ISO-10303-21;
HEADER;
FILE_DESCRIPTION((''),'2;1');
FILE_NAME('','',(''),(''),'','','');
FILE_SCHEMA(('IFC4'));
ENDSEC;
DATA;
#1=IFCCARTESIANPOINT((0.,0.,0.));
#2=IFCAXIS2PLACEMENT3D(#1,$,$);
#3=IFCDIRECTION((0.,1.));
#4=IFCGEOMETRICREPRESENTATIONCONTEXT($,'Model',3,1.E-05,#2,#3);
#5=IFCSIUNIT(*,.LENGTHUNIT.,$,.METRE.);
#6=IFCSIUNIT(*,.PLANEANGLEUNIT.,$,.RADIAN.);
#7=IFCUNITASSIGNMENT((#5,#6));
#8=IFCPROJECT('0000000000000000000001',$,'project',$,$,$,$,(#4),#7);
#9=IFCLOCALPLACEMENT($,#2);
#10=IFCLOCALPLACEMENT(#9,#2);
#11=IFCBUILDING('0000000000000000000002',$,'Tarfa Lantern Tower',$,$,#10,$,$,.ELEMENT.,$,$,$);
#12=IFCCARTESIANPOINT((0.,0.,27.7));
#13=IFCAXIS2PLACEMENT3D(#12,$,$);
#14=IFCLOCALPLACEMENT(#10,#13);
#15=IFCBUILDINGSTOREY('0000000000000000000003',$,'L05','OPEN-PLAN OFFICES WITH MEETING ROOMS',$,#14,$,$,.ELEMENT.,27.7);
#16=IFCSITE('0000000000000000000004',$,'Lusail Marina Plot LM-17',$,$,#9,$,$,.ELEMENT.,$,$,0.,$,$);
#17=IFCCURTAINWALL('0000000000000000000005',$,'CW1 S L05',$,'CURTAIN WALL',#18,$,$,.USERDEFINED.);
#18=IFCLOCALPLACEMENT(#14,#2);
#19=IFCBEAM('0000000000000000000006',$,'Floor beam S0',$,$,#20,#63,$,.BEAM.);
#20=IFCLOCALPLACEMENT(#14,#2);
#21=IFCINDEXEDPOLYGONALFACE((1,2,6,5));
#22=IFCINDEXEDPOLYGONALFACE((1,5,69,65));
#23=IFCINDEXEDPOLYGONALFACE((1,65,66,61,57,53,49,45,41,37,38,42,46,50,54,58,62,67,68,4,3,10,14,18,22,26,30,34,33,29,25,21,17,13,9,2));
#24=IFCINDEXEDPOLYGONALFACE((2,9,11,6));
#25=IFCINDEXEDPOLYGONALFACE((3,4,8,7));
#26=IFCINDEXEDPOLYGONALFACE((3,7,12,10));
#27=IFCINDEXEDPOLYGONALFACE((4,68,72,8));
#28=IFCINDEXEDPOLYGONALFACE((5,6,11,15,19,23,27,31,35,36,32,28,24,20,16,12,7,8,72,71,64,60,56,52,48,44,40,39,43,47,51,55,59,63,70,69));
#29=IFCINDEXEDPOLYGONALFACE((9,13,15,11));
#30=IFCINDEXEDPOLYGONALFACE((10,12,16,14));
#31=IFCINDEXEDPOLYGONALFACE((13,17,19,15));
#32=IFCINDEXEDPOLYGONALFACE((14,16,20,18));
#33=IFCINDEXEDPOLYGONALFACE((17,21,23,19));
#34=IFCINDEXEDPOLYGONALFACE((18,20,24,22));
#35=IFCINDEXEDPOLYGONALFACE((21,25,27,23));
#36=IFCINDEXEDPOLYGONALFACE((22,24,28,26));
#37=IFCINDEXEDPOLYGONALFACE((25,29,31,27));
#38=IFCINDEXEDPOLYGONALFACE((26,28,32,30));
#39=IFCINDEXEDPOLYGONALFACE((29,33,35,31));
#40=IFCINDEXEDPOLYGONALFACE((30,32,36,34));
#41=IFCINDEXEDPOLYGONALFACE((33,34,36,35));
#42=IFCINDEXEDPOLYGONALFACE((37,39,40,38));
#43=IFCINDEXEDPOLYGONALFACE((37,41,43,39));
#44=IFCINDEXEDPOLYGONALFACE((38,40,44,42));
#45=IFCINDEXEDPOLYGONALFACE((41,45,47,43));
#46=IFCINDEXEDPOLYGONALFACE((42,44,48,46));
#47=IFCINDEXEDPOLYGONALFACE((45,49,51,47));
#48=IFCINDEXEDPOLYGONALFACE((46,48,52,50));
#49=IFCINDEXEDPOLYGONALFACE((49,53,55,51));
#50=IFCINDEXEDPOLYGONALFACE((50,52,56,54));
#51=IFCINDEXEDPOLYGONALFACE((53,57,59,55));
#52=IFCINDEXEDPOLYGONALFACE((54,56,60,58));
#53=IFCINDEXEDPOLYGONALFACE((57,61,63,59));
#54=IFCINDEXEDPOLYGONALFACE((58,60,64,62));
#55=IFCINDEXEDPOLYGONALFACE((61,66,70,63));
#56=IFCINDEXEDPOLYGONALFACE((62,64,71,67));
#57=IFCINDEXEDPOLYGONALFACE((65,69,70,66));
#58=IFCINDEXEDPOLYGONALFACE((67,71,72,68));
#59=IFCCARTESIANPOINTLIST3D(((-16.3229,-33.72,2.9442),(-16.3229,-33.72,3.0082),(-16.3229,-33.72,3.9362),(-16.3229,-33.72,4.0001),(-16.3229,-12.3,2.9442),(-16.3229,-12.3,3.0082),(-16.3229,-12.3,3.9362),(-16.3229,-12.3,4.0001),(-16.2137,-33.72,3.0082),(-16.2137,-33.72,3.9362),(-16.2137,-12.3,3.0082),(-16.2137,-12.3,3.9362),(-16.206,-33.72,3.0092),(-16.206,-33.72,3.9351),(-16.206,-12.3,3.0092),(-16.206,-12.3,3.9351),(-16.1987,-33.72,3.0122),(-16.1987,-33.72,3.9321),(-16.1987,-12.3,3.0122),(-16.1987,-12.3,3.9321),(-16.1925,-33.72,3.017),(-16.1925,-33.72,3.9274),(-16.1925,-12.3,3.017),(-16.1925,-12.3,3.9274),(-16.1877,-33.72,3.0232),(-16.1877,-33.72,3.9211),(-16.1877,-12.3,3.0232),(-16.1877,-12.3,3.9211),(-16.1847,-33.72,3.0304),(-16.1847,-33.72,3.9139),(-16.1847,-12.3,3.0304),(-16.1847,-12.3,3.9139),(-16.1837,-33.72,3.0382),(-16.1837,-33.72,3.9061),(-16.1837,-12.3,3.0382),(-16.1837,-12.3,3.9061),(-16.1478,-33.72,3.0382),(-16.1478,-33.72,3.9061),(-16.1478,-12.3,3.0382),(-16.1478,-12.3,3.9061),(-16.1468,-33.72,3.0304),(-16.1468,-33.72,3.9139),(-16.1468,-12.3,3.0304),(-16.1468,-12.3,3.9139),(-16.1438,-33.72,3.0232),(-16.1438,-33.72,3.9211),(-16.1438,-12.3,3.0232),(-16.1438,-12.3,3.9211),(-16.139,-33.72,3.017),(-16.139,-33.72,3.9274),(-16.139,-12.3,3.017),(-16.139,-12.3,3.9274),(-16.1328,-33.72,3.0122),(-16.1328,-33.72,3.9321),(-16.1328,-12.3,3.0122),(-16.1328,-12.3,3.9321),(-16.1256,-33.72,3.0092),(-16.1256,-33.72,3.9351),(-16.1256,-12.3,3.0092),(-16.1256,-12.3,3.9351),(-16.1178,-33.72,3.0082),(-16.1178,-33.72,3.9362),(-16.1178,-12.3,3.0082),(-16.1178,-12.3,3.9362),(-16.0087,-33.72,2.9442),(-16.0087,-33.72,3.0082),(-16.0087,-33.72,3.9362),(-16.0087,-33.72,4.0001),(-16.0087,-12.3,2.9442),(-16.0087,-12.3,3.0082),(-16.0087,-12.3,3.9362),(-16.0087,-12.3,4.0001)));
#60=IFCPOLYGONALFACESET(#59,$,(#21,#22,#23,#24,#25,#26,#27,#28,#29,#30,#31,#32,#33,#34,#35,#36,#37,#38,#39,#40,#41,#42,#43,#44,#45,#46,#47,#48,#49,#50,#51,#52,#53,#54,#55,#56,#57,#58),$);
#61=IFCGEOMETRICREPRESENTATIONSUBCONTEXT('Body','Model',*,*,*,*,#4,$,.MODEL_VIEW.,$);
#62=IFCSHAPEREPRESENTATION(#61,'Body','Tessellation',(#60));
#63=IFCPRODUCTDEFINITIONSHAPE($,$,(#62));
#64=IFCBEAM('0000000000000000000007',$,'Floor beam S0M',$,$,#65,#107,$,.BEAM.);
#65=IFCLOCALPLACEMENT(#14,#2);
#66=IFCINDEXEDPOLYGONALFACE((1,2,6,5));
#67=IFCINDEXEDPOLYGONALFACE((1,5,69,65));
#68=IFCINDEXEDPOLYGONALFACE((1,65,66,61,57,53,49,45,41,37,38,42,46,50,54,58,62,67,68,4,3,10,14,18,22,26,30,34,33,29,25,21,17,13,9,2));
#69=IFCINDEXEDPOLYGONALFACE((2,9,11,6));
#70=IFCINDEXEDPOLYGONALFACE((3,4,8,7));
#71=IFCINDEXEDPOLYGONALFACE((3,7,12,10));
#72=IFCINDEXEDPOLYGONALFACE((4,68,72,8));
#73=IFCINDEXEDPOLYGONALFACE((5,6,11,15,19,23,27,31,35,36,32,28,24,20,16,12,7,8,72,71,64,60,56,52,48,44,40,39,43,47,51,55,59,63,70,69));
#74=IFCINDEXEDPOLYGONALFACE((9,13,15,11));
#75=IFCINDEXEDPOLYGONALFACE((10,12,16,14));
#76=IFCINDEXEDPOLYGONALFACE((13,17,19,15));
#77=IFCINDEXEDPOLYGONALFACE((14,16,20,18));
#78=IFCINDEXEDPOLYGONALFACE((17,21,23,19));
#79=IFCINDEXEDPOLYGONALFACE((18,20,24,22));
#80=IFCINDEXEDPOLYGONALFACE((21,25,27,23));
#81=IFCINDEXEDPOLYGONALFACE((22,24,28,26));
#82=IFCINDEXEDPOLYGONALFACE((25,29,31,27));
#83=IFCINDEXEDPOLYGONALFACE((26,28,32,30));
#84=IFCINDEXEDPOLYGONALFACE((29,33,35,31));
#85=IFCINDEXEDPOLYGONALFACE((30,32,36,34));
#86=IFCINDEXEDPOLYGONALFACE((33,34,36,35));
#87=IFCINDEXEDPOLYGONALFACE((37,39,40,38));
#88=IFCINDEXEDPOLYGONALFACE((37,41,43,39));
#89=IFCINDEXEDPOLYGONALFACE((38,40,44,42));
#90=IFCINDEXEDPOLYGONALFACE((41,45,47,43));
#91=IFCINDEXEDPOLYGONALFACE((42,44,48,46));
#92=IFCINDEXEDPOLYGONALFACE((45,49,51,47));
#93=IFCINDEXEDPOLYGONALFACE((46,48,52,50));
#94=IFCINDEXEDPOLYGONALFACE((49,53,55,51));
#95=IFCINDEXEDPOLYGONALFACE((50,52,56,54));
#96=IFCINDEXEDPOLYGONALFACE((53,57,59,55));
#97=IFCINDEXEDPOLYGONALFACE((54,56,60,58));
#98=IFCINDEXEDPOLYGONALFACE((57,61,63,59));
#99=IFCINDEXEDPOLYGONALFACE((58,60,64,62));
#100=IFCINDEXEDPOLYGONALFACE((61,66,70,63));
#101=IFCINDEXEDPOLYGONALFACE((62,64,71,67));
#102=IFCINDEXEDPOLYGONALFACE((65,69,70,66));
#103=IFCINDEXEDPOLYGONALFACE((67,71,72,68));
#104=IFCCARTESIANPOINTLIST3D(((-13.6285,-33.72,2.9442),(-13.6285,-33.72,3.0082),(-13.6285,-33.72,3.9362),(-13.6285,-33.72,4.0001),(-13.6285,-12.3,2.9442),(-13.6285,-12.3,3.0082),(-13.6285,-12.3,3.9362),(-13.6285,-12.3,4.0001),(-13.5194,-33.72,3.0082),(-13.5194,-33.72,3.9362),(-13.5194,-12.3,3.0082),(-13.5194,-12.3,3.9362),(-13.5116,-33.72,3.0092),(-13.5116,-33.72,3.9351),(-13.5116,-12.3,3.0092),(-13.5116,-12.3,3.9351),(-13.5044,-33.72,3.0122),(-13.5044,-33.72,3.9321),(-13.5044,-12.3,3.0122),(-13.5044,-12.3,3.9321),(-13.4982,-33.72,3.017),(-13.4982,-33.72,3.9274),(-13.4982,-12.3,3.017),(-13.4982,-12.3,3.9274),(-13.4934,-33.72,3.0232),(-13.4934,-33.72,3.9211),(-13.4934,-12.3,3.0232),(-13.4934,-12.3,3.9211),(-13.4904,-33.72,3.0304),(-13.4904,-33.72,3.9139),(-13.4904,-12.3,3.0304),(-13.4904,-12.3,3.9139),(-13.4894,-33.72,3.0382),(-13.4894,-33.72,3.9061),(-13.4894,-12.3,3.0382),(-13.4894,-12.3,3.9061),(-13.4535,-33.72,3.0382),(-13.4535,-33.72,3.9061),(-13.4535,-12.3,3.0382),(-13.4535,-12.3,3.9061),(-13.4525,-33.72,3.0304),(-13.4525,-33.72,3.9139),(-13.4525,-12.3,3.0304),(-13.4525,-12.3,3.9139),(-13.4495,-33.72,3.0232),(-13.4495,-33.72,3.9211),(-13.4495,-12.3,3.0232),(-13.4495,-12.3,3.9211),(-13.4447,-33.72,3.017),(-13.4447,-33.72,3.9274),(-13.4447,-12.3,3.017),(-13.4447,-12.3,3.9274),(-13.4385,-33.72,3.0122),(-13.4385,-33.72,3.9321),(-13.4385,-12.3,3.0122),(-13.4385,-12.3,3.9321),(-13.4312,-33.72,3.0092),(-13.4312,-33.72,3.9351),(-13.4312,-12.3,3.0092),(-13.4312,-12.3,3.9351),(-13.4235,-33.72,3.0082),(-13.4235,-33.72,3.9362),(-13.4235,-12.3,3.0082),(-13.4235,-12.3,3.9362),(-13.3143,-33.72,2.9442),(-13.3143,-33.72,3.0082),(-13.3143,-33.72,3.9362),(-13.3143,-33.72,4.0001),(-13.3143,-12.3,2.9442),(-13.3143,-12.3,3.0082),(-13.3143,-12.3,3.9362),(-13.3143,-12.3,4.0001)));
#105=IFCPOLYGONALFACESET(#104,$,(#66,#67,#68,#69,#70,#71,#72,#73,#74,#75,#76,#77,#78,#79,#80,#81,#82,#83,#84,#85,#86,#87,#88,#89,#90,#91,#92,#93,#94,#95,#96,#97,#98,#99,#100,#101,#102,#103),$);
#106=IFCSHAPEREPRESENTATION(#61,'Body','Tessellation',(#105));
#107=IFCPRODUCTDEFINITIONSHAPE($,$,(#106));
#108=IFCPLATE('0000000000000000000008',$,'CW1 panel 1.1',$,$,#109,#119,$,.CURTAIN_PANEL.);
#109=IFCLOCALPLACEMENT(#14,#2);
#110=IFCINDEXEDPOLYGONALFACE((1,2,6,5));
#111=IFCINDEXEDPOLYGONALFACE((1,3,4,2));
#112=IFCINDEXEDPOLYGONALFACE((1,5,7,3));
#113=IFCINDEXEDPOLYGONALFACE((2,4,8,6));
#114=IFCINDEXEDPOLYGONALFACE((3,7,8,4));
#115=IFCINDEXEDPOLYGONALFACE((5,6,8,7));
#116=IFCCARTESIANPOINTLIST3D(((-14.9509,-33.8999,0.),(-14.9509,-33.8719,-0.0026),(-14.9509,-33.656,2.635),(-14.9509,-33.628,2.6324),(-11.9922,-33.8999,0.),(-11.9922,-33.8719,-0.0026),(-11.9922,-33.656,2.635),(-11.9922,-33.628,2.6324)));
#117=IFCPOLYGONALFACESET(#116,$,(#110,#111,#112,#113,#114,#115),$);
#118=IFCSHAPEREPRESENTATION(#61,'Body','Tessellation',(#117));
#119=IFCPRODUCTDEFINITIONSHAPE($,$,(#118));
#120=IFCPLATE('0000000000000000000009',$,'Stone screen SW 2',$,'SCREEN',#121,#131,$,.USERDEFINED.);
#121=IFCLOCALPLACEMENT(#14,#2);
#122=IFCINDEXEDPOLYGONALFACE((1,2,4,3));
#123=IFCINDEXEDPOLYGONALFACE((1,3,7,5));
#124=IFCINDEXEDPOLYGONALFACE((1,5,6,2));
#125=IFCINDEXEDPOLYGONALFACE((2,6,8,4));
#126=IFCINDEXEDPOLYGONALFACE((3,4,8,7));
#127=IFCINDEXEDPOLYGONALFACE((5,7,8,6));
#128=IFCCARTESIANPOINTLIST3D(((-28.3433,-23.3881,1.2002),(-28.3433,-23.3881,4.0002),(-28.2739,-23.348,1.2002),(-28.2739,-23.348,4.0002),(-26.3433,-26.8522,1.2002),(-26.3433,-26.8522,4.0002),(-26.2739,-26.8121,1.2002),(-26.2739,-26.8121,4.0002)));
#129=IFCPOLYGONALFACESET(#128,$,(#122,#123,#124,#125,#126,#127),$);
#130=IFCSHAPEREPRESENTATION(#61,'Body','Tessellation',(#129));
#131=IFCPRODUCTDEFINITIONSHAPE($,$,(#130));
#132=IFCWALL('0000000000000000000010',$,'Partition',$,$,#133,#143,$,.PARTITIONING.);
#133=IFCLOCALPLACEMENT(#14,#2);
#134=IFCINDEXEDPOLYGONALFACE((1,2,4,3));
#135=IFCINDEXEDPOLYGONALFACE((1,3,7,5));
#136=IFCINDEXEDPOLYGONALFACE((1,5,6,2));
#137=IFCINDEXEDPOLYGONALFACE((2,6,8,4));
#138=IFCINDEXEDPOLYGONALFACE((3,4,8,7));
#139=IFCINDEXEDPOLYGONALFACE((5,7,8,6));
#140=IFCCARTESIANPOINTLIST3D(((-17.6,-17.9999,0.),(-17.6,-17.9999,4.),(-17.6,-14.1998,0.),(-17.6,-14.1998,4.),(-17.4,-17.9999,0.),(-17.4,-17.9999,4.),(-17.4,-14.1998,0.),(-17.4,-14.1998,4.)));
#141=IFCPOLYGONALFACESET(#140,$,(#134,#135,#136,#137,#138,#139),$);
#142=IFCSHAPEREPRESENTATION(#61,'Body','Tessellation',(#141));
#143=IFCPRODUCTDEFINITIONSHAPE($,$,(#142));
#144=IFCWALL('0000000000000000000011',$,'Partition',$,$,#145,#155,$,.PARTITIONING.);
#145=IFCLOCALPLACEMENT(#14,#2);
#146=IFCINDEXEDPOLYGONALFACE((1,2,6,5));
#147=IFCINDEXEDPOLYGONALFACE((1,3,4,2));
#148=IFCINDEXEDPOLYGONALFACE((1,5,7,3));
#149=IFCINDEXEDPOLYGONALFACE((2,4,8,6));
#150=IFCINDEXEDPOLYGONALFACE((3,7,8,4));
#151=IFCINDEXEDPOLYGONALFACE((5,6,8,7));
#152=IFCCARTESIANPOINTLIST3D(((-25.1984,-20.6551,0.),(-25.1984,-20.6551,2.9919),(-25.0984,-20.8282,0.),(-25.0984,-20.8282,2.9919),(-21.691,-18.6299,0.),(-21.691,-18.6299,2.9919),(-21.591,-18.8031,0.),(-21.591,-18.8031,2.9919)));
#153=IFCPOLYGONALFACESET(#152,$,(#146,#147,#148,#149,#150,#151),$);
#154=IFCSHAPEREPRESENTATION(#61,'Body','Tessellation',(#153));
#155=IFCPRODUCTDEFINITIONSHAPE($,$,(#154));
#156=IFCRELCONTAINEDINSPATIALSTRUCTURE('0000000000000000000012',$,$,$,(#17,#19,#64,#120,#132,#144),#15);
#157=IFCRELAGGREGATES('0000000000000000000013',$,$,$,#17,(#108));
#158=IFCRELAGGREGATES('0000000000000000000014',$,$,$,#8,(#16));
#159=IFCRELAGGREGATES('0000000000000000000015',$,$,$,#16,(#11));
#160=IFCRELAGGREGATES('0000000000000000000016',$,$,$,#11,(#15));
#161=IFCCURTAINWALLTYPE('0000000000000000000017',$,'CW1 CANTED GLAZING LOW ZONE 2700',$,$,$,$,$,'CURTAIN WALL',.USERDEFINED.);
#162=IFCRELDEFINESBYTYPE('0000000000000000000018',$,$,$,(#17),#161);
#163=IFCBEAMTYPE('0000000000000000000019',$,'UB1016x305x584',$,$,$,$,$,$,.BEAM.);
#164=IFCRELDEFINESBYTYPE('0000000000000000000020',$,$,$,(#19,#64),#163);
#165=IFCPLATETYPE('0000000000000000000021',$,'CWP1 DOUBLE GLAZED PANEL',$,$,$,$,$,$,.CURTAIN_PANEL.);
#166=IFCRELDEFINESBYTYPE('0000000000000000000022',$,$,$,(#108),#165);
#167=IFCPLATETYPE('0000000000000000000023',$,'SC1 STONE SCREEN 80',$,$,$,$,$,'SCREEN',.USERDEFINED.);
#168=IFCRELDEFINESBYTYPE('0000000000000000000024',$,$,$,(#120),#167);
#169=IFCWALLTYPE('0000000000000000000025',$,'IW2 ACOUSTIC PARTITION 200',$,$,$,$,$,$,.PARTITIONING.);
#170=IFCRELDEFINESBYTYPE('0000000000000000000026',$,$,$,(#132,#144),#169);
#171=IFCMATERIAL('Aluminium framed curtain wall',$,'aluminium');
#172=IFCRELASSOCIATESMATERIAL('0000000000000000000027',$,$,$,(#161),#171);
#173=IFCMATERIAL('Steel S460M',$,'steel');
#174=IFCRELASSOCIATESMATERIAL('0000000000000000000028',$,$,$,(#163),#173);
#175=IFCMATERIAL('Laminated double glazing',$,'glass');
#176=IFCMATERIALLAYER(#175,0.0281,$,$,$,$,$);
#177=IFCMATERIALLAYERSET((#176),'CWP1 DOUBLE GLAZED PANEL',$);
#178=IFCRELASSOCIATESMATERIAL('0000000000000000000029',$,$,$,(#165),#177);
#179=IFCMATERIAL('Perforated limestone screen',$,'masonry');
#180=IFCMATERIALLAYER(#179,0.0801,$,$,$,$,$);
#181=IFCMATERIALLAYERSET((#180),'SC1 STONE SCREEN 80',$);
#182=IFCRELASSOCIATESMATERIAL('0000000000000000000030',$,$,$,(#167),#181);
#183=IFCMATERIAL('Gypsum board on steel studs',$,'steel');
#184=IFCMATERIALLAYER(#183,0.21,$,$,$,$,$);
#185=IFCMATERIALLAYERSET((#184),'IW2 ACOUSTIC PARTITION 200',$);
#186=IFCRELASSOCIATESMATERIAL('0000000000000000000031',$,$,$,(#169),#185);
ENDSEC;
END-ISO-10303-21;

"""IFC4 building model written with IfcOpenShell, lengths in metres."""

from ifc_helpers import new_model, si_unit, direction, frame, frame_2d, origin, origin_2d, place, context, subcontext, project, spatial, polyline, rectangle, i_section, outline, extrude, material, layer, layer_set, material_profile, profile_set, type_object, element, aggregate, save


model = new_model("IFC4")

# Units and contexts
model_context = context("Model", 3, precision=1e-05, world=origin(), true_north=direction((0.0, 1.0)))
body_context = subcontext(model_context, "Body", "Model", "MODEL_VIEW")
ifc_project = project(units=[si_unit("LENGTHUNIT", "METRE"), si_unit("PLANEANGLEUNIT", "RADIAN")], contexts=[model_context])

# Site, building, storey
site_placement = place(None, origin())
site = spatial("IfcSite", under=ifc_project, at=site_placement, Name="Lusail Marina Plot LM-17", CompositionType="ELEMENT", RefElevation=0.0)
building_placement = place(site_placement, origin())
building = spatial("IfcBuilding", under=site, at=building_placement, Name="Tarfa Lantern Tower", CompositionType="ELEMENT")
storey_placement = place(building_placement, frame((0.0, 0.0, 27.7)))
storey = spatial("IfcBuildingStorey", under=building, at=storey_placement, Name="L05", Description="OPEN-PLAN OFFICES WITH MEETING ROOMS", CompositionType="ELEMENT", Elevation=27.7)

# Curtain wall
ifc_material_1 = material(Name="Aluminium framed curtain wall", Category="aluminium")
curtain_wall_type = type_object("IfcCurtainWallType", Name="CW1 CANTED GLAZING LOW ZONE 2700", ElementType="CURTAIN WALL", PredefinedType="USERDEFINED", material=ifc_material_1)
curtain_wall_placement = place(storey_placement, origin())
curtain_wall = element("IfcCurtainWall", 1, at=curtain_wall_placement, inside=storey, type_object=curtain_wall_type, Name="CW1 S L05", ObjectType="CURTAIN WALL", PredefinedType="USERDEFINED")

# Beams
ifc_material_2 = material(Name="Steel S460M", Category="steel")
ifc_material_profile_1 = material_profile(ifc_material_2, i_section(OverallWidth=0.3142, OverallDepth=1.0559, WebThickness=0.0359, FlangeThickness=0.064, FilletRadius=0.03, at=origin_2d()), Name="UB1016x305x584")
ifc_profile_set_1 = profile_set([ifc_material_profile_1], Name="Steel S460M")
beam_type_1 = type_object("IfcBeamType", Name="UB1016x305x584", PredefinedType="BEAM", material=ifc_profile_set_1)
for number, where, z_axis, x_axis, name in (
    (2, (-16.1658, -33.72, 3.4722), (0.0, 1.0, 0.0), (-1.0, 0.0, 0.0), "Floor beam S0"),
    (3, (-13.4714, -33.72, 3.4722), (0.0, 1.0, 0.0), (-1.0, 0.0, 0.0), "Floor beam S0M"),
):
    element("IfcBeam", number, at=place(storey_placement, frame(where, z_axis=z_axis, x_axis=x_axis)), inside=storey, type_object=beam_type_1, Name=name, PredefinedType="BEAM", context=body_context, shape_type="SweptSolid", body=[
        extrude(i_section(OverallWidth=0.3142, OverallDepth=1.0559, WebThickness=0.0359, FlangeThickness=0.064, FilletRadius=0.03, at=origin_2d()), origin(), (0.0, 0.0, 1.0), 21.4199),
    ])

# Plates
ifc_material_3 = material(Name="Laminated double glazing", Category="glass")
ifc_layer_1 = layer(ifc_material_3, 0.0281)
ifc_layer_set_1 = layer_set([ifc_layer_1], Name="CWP1 DOUBLE GLAZED PANEL")
plate_type_1 = type_object("IfcPlateType", Name="CWP1 DOUBLE GLAZED PANEL", PredefinedType="CURTAIN_PANEL", material=ifc_layer_set_1)
plate_1_placement = place(storey_placement, frame((-14.9509, -33.8999, 0.0), z_axis=(0.0, -0.995744, 0.092166), x_axis=(1.0, 0.0, 0.0)))
plate_1 = element("IfcPlate", 4, at=plate_1_placement, type_object=plate_type_1, Name="CW1 panel 1.1", PredefinedType="CURTAIN_PANEL", context=body_context, shape_type="SweptSolid", body=[
    extrude(outline(polyline([(0.0, 0.0), (2.9587, 0.0), (2.9587, 2.6463), (0.0, 2.6463), (0.0, 0.0)])), origin(), (0.0, 0.0, -1.0), 0.0281),
])
aggregate(curtain_wall, [plate_1])
ifc_material_4 = material(Name="Perforated limestone screen", Category="masonry")
ifc_layer_2 = layer(ifc_material_4, 0.0801)
ifc_layer_set_2 = layer_set([ifc_layer_2], Name="SC1 STONE SCREEN 80")
plate_type_2 = type_object("IfcPlateType", Name="SC1 STONE SCREEN 80", ElementType="SCREEN", PredefinedType="USERDEFINED", material=ifc_layer_set_2)
plate_2_placement = place(storey_placement, frame((-27.3086, -25.1001, 1.2002), z_axis=(0.0, 0.0, 1.0), x_axis=(0.5, -0.866025, 0.0)))
element("IfcPlate", 5, at=plate_2_placement, inside=storey, type_object=plate_type_2, Name="Stone screen SW 2", ObjectType="SCREEN", PredefinedType="USERDEFINED", context=body_context, shape_type="SweptSolid", body=[
    extrude(rectangle(XDim=4.0, YDim=0.0801, at=origin_2d()), origin(), (0.0, 0.0, 1.0), 2.8),
])

# Walls
ifc_material_5 = material(Name="Gypsum board on steel studs", Category="steel")
ifc_layer_3 = layer(ifc_material_5, 0.21)
ifc_layer_set_3 = layer_set([ifc_layer_3], Name="IW2 ACOUSTIC PARTITION 200")
wall_type = type_object("IfcWallType", Name="IW2 ACOUSTIC PARTITION 200", PredefinedType="PARTITIONING", material=ifc_layer_set_3)
wall_1_placement = place(storey_placement, frame((-17.5, -14.2, 0.0), z_axis=(0.0, 0.0, 1.0), x_axis=(0.0, -1.0, 0.0)))
element("IfcWall", 6, at=wall_1_placement, inside=storey, type_object=wall_type, Name="Partition", PredefinedType="PARTITIONING", context=body_context, shape_type="SweptSolid", body=[
    extrude(rectangle(XDim=3.8, YDim=0.2, at=frame_2d((1.8999, 0.0))), origin(), (0.0, 0.0, 1.0), 4.0),
])
wall_2_placement = place(storey_placement, frame((-21.6411, -18.7166, 0.0), z_axis=(0.0, 0.0, 1.0), x_axis=(-0.866005, -0.500036, 0.0)))
element("IfcWall", 7, at=wall_2_placement, inside=storey, type_object=wall_type, Name="Partition", PredefinedType="PARTITIONING", context=body_context, shape_type="SweptSolid", body=[
    extrude(rectangle(XDim=4.05, YDim=0.2, at=frame_2d((2.0249, 0.0))), origin(), (0.0, 0.0, 1.0), 2.9919),
])

save(model, "model.ifc")
